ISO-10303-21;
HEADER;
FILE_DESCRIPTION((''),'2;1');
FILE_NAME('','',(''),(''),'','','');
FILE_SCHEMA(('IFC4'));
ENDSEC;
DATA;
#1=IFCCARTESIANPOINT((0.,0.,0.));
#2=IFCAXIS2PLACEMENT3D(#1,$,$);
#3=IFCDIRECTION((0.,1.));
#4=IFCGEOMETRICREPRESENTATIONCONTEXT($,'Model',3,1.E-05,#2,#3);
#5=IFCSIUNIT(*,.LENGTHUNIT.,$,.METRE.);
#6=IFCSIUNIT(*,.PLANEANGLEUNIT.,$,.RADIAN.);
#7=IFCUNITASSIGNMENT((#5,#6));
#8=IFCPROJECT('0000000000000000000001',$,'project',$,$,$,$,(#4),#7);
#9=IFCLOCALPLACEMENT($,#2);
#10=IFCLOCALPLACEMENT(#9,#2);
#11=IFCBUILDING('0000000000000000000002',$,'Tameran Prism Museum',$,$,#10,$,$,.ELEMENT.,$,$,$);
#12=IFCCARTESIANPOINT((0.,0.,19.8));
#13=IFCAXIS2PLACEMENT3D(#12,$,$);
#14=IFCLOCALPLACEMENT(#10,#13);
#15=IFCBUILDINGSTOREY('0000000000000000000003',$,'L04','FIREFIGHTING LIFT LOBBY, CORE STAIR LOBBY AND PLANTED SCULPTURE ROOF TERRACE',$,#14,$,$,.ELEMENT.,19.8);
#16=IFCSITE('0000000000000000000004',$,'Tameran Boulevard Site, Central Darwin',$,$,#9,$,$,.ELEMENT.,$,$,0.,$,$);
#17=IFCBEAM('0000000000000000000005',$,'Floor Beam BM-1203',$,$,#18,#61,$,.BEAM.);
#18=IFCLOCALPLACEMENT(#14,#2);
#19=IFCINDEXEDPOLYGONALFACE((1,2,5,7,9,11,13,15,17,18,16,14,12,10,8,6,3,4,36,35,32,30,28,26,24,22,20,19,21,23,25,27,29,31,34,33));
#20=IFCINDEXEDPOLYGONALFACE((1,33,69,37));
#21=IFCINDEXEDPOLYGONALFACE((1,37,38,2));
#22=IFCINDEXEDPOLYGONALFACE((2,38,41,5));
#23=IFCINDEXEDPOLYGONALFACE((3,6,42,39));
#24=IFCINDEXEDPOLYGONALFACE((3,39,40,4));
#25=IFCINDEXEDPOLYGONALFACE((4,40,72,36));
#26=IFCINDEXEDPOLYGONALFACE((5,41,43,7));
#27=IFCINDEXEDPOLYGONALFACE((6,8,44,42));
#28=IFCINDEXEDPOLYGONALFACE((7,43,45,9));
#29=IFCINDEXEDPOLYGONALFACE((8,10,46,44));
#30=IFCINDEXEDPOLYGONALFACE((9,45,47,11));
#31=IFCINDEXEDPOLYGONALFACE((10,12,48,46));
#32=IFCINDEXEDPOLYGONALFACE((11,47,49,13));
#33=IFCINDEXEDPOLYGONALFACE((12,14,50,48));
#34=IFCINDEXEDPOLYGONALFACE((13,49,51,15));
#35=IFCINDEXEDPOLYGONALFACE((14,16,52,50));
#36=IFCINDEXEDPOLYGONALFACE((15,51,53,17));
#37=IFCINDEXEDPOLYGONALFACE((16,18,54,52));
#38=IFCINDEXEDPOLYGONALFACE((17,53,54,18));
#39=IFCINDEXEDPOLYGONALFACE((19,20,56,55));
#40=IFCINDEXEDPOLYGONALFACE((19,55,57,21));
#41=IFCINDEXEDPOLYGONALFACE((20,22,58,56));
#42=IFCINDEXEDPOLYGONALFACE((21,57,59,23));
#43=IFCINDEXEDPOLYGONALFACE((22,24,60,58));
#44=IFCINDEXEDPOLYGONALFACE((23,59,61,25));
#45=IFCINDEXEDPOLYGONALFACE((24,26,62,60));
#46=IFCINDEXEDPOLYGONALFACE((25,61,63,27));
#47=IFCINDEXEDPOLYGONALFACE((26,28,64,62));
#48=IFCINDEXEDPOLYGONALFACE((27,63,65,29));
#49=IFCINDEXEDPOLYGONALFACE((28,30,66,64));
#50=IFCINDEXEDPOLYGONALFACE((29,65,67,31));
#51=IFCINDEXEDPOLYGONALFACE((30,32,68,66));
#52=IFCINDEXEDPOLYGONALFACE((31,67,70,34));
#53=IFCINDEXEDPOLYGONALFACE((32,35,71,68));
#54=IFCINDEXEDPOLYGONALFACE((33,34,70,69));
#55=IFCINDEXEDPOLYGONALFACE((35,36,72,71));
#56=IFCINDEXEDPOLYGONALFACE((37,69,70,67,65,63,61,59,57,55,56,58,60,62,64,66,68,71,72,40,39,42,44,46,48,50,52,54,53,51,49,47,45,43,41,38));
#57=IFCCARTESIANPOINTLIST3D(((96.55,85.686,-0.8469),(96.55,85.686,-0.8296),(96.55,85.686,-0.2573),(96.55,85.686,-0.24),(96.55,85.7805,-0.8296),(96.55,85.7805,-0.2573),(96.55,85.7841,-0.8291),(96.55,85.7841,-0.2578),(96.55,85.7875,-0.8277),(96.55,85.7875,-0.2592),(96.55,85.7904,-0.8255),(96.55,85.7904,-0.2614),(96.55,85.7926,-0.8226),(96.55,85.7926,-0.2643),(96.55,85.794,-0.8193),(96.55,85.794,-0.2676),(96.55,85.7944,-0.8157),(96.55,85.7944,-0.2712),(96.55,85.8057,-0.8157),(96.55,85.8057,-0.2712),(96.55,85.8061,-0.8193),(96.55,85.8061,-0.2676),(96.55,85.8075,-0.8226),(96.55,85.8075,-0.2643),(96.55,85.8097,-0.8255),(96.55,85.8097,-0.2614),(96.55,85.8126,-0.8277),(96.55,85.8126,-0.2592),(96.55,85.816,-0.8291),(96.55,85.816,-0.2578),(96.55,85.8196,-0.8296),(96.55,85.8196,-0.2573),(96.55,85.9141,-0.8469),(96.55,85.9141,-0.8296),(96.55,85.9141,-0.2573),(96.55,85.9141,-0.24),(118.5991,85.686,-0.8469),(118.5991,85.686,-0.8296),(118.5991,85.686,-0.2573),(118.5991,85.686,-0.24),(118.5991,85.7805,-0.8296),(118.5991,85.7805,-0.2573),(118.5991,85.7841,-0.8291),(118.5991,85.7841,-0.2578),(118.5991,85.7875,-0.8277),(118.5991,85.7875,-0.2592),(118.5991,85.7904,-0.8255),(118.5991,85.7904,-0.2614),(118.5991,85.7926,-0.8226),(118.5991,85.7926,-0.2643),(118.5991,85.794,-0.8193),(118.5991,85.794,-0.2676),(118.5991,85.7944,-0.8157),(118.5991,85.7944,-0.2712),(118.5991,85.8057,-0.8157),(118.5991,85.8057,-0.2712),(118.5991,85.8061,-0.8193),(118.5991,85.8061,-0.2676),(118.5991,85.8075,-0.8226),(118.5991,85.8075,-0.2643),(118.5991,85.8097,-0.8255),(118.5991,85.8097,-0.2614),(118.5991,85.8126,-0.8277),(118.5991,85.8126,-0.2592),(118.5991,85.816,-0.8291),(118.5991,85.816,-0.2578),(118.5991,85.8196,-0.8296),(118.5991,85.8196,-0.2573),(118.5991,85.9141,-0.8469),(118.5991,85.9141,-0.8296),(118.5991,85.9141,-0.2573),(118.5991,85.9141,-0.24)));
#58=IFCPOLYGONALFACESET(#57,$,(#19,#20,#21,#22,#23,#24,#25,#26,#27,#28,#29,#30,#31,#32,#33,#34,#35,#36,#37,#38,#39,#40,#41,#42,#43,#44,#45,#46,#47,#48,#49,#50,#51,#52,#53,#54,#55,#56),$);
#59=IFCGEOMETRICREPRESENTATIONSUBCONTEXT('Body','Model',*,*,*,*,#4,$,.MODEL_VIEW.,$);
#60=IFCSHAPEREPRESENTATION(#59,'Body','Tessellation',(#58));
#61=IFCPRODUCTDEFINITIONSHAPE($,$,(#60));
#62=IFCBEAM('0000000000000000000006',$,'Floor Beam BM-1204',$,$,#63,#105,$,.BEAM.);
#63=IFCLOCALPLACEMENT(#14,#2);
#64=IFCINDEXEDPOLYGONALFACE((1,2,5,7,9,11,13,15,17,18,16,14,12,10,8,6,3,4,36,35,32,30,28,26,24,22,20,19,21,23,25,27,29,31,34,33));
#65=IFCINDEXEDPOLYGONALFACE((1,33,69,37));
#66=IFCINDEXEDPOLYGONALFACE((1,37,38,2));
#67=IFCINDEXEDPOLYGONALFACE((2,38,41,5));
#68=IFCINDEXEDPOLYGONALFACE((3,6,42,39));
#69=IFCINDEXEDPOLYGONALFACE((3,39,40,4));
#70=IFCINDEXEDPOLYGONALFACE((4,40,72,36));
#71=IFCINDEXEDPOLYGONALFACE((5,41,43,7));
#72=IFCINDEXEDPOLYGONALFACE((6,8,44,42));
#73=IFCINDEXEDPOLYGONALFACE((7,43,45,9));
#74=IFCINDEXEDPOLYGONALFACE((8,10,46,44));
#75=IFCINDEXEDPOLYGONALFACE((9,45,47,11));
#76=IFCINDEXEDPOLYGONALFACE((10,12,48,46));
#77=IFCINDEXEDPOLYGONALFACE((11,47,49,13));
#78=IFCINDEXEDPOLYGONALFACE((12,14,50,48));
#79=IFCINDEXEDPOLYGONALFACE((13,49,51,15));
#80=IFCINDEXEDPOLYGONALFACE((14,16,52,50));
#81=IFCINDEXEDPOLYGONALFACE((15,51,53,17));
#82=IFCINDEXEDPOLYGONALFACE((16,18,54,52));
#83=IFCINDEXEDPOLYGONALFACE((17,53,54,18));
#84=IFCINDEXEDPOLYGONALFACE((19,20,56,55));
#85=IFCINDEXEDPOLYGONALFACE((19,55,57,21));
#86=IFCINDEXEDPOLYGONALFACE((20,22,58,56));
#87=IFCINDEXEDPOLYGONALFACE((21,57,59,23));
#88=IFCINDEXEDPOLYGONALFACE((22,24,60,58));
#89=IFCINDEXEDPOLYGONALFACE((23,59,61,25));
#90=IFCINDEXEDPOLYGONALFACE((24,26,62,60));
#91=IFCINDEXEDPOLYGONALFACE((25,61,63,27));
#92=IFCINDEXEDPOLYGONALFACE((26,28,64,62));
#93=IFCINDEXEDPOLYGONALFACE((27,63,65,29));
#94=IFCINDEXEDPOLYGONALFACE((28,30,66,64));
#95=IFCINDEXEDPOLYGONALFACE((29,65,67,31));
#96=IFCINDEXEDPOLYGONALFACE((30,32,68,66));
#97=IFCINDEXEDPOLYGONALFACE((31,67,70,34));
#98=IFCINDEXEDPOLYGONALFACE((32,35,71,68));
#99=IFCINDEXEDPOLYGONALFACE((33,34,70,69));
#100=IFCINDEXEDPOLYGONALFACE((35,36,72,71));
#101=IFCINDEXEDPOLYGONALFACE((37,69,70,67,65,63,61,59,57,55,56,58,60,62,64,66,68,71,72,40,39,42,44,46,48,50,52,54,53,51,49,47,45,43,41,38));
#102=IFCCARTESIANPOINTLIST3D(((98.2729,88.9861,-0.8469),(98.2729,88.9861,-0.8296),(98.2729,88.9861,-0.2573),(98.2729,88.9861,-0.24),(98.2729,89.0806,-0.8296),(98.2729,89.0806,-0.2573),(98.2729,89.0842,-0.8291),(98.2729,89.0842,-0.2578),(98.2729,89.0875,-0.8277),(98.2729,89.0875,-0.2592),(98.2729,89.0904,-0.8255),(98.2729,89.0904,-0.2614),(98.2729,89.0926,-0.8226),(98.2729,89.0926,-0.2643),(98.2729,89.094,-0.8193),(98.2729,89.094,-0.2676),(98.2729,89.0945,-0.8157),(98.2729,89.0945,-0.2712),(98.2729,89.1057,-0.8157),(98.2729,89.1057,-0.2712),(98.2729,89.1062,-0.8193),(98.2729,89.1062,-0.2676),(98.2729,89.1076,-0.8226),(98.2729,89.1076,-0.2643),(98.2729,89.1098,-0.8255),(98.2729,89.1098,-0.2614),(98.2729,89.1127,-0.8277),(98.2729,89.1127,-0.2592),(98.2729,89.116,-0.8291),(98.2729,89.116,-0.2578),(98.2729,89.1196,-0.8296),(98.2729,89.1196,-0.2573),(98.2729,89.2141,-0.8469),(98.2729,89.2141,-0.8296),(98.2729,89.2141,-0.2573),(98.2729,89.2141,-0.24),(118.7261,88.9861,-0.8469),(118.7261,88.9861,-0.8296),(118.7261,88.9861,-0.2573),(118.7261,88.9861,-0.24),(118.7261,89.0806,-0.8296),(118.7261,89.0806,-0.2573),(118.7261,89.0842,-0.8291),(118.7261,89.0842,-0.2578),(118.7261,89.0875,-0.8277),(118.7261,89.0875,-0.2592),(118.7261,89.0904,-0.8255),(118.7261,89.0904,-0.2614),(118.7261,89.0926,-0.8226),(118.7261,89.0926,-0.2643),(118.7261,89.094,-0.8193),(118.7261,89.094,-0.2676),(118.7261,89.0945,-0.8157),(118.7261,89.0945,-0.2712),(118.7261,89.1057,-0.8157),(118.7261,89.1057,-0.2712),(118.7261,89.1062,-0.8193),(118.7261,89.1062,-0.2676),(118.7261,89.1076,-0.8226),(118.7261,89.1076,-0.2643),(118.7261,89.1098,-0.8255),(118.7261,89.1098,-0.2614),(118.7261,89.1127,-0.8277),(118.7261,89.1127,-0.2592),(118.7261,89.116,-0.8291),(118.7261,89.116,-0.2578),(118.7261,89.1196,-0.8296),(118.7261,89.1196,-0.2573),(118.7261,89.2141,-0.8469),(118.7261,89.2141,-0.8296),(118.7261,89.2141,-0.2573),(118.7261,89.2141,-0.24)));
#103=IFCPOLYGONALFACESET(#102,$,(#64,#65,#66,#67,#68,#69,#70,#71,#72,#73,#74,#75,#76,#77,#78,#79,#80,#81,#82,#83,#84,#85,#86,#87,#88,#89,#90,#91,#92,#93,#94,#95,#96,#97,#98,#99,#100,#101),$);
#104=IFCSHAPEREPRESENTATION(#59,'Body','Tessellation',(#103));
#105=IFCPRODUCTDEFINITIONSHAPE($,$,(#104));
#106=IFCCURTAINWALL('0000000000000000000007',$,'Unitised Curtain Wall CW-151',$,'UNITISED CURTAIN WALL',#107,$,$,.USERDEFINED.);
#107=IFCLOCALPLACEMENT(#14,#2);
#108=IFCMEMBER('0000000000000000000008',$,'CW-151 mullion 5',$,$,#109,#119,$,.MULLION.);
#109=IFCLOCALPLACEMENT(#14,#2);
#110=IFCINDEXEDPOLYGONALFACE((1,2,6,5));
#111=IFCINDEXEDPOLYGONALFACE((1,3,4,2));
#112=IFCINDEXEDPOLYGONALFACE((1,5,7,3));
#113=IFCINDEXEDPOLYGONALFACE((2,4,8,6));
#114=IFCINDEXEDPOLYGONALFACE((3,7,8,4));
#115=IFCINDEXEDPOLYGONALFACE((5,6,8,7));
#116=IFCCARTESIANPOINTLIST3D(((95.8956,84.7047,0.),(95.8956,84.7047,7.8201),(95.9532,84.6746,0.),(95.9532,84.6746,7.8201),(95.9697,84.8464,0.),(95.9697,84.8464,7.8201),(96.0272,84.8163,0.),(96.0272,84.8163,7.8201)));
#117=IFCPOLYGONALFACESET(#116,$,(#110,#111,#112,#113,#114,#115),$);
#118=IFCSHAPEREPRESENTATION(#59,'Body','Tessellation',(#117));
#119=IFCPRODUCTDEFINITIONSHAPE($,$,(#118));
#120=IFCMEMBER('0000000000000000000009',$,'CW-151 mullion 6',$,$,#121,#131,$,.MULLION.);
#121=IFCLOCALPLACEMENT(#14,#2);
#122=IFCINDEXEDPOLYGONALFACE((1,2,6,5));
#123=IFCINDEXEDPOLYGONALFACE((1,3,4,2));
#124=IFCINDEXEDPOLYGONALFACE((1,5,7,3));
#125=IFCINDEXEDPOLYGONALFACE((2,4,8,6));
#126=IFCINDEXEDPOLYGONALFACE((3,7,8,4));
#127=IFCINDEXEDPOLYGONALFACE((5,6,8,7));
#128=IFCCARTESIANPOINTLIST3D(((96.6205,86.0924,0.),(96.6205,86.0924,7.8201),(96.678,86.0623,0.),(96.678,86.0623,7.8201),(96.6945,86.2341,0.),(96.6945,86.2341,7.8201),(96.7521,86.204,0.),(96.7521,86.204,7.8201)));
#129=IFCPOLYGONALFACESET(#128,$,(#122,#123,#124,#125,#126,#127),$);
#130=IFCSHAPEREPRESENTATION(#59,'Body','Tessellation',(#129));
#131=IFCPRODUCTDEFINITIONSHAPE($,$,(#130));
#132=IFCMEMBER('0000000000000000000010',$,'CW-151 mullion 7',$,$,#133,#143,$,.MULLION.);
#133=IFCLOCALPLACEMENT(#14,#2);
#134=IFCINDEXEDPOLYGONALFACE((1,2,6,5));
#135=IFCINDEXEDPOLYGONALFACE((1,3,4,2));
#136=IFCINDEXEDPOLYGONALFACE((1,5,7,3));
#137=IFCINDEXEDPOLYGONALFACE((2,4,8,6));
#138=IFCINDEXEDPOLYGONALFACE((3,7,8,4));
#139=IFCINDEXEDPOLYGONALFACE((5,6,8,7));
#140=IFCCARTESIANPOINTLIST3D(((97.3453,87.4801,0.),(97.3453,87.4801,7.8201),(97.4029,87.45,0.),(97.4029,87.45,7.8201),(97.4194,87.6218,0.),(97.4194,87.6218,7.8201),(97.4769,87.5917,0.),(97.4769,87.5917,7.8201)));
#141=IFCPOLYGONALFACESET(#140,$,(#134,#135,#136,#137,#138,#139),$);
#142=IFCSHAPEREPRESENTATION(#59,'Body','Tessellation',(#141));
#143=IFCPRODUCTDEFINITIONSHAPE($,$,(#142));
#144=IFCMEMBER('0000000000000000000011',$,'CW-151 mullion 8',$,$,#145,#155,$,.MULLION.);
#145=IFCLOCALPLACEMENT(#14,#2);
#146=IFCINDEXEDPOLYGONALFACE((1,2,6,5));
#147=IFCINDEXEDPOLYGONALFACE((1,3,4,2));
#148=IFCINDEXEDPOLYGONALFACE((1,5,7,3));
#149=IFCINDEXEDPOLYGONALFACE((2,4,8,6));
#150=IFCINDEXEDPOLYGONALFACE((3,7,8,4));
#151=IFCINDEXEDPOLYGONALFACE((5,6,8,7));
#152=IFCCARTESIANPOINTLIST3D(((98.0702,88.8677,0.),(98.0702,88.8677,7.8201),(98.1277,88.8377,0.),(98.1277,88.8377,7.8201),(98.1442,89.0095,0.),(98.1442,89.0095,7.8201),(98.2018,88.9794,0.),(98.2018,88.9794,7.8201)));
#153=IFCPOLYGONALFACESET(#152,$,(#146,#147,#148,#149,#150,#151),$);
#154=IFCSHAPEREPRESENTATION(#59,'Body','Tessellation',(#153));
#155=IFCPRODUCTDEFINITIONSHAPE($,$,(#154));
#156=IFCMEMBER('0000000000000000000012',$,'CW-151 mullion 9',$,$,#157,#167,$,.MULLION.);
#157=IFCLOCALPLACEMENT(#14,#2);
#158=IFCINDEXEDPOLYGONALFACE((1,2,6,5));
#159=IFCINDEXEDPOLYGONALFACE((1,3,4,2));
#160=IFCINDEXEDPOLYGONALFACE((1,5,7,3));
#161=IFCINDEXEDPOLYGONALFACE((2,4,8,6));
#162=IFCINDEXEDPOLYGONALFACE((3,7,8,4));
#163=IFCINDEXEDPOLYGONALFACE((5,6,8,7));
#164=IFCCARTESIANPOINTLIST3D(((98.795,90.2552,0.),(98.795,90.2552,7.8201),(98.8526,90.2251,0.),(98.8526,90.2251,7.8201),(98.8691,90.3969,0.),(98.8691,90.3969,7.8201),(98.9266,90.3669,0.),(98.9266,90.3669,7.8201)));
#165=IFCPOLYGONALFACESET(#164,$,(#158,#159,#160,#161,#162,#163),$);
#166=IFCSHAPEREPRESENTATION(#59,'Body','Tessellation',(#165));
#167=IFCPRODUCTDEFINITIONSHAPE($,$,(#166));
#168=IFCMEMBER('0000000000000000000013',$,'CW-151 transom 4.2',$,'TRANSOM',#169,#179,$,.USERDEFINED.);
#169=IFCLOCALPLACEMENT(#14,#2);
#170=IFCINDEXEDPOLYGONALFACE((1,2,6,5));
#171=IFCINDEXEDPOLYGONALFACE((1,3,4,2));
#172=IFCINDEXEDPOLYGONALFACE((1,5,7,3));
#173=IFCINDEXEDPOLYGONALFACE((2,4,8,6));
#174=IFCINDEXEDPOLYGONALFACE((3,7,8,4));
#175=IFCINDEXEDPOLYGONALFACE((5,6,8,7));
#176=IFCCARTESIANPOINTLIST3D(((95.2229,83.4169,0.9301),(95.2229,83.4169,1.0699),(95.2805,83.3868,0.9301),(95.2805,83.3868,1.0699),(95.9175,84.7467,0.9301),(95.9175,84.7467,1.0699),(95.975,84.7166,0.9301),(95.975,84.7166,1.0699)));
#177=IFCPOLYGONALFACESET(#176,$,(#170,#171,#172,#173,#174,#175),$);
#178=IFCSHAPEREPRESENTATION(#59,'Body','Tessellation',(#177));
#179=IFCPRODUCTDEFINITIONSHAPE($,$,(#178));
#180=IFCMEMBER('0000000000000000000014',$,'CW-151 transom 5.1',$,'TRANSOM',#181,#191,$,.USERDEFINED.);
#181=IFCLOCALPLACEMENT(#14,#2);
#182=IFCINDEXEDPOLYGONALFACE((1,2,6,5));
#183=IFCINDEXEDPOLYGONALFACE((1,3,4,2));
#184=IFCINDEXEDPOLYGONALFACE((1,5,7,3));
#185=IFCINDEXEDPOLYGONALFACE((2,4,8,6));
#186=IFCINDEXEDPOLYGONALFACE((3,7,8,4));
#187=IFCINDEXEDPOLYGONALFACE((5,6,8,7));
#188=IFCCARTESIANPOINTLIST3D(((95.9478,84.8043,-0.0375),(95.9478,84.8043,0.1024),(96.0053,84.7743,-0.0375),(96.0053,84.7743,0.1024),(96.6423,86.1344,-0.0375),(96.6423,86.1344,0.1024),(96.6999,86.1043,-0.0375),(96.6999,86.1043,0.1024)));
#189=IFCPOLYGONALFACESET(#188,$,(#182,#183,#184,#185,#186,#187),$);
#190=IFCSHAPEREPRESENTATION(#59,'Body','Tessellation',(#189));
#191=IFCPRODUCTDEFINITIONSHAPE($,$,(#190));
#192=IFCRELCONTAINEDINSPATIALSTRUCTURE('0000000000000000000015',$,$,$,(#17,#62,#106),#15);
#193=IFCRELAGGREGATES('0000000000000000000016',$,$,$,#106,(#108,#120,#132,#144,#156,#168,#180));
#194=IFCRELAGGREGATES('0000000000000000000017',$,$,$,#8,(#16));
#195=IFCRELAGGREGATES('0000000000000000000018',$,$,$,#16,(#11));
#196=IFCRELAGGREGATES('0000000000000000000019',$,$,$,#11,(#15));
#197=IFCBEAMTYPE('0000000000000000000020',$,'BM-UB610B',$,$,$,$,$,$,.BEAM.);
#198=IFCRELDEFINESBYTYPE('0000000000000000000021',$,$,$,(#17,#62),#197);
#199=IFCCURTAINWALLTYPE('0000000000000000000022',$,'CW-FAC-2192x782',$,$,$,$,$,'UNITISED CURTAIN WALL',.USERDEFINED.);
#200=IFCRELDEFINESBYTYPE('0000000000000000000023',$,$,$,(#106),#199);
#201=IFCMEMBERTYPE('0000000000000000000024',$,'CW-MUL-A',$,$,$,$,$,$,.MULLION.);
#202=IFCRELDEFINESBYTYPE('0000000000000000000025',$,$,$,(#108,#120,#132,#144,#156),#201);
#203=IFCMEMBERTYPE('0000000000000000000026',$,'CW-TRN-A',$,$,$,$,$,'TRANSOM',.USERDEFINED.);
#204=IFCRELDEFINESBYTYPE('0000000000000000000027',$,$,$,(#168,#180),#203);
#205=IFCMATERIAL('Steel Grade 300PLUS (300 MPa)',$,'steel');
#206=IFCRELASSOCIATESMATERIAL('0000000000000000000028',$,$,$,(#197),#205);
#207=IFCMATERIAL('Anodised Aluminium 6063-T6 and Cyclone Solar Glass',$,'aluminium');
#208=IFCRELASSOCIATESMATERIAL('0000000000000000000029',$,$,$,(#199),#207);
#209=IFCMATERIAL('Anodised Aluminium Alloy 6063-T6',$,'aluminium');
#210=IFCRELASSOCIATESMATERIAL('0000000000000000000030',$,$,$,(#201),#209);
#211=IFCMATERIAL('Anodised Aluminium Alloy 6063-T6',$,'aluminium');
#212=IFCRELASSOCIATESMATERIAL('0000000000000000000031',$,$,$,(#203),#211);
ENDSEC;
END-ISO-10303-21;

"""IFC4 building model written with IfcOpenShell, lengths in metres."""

from ifc_helpers import new_model, si_unit, direction, frame, origin, origin_2d, place, context, subcontext, project, spatial, rectangle, i_section, extrude, material, material_profile, profile_set, type_object, element, aggregate, save


model = new_model("IFC4")

# Units and contexts
model_context = context("Model", 3, precision=1e-05, world=origin(), true_north=direction((0.0, 1.0)))
body_context = subcontext(model_context, "Body", "Model", "MODEL_VIEW")
ifc_project = project(units=[si_unit("LENGTHUNIT", "METRE"), si_unit("PLANEANGLEUNIT", "RADIAN")], contexts=[model_context])

# Site, building, storey
site_placement = place(None, origin())
site = spatial("IfcSite", under=ifc_project, at=site_placement, Name="Tameran Boulevard Site, Central Darwin", CompositionType="ELEMENT", RefElevation=0.0)
building_placement = place(site_placement, origin())
building = spatial("IfcBuilding", under=site, at=building_placement, Name="Tameran Prism Museum", CompositionType="ELEMENT")
storey_placement = place(building_placement, frame((0.0, 0.0, 19.8)))
storey = spatial("IfcBuildingStorey", under=building, at=storey_placement, Name="L04", Description="FIREFIGHTING LIFT LOBBY, CORE STAIR LOBBY AND PLANTED SCULPTURE ROOF TERRACE", CompositionType="ELEMENT", Elevation=19.8)

# Beams
ifc_material_1 = material(Name="Steel Grade 300PLUS (300 MPa)", Category="steel")
ifc_material_profile_1 = material_profile(ifc_material_1, i_section(OverallWidth=0.228, OverallDepth=0.6069, WebThickness=0.0112, FlangeThickness=0.0173, FilletRadius=0.0139, at=origin_2d()))
ifc_profile_set_1 = profile_set([ifc_material_profile_1])
beam_type = type_object("IfcBeamType", Name="BM-UB610B", PredefinedType="BEAM", material=ifc_profile_set_1)
beam_1_placement = place(storey_placement, frame((96.55, 85.8, -0.5435), z_axis=(1.0, 0.0, 0.0), x_axis=(0.0, 1.0, 0.0)))
element("IfcBeam", 1, at=beam_1_placement, inside=storey, type_object=beam_type, Name="Floor Beam BM-1203", PredefinedType="BEAM", context=body_context, shape_type="SweptSolid", body=[
    extrude(i_section(OverallWidth=0.228, OverallDepth=0.6069, WebThickness=0.0112, FlangeThickness=0.0173, FilletRadius=0.0139, at=origin_2d()), origin(), (0.0, 0.0, 1.0), 22.0491),
])
beam_2_placement = place(storey_placement, frame((98.2729, 89.1001, -0.5435), z_axis=(1.0, 0.0, 0.0), x_axis=(0.0, 1.0, 0.0)))
element("IfcBeam", 2, at=beam_2_placement, inside=storey, type_object=beam_type, Name="Floor Beam BM-1204", PredefinedType="BEAM", context=body_context, shape_type="SweptSolid", body=[
    extrude(i_section(OverallWidth=0.228, OverallDepth=0.6069, WebThickness=0.0112, FlangeThickness=0.0173, FilletRadius=0.0139, at=origin_2d()), origin(), (0.0, 0.0, 1.0), 20.4531),
])

# Curtain wall, members
ifc_material_2 = material(Name="Anodised Aluminium 6063-T6 and Cyclone Solar Glass", Category="aluminium")
curtain_wall_type = type_object("IfcCurtainWallType", Name="CW-FAC-2192x782", ElementType="UNITISED CURTAIN WALL", PredefinedType="USERDEFINED", material=ifc_material_2)
curtain_wall_placement = place(storey_placement, origin())
curtain_wall = element("IfcCurtainWall", 3, at=curtain_wall_placement, inside=storey, type_object=curtain_wall_type, Name="Unitised Curtain Wall CW-151", ObjectType="UNITISED CURTAIN WALL", PredefinedType="USERDEFINED")
ifc_material_3 = material(Name="Anodised Aluminium Alloy 6063-T6", Category="aluminium")
ifc_material_profile_2 = material_profile(ifc_material_3, rectangle(XDim=0.0649, YDim=0.1599, at=origin_2d()))
ifc_profile_set_2 = profile_set([ifc_material_profile_2])
member_type_1 = type_object("IfcMemberType", Name="CW-MUL-A", PredefinedType="MULLION", material=ifc_profile_set_2)
member_1_placement = place(storey_placement, frame((95.9614, 84.7605, 0.0), z_axis=(0.0, 0.0, 1.0), x_axis=(-0.886357, 0.463003, 0.0)))
member_1 = element("IfcMember", 4, at=member_1_placement, type_object=member_type_1, Name="CW-151 mullion 5", PredefinedType="MULLION", context=body_context, shape_type="SweptSolid", body=[
    extrude(rectangle(XDim=0.0649, YDim=0.1599, at=origin_2d()), origin(), (0.0, 0.0, 1.0), 7.8201),
])
member_2_placement = place(storey_placement, frame((96.6863, 86.1482, 0.0), z_axis=(0.0, 0.0, 1.0), x_axis=(-0.886357, 0.463003, 0.0)))
member_2 = element("IfcMember", 5, at=member_2_placement, type_object=member_type_1, Name="CW-151 mullion 6", PredefinedType="MULLION", context=body_context, shape_type="SweptSolid", body=[
    extrude(rectangle(XDim=0.0649, YDim=0.1599, at=origin_2d()), origin(), (0.0, 0.0, 1.0), 7.8201),
])
member_3_placement = place(storey_placement, frame((97.4111, 87.5359, 0.0), z_axis=(0.0, 0.0, 1.0), x_axis=(-0.886357, 0.463003, 0.0)))
member_3 = element("IfcMember", 6, at=member_3_placement, type_object=member_type_1, Name="CW-151 mullion 7", PredefinedType="MULLION", context=body_context, shape_type="SweptSolid", body=[
    extrude(rectangle(XDim=0.0649, YDim=0.1599, at=origin_2d()), origin(), (0.0, 0.0, 1.0), 7.8201),
])
member_4_placement = place(storey_placement, frame((98.136, 88.9236, 0.0), z_axis=(0.0, 0.0, 1.0), x_axis=(-0.886357, 0.463003, 0.0)))
member_4 = element("IfcMember", 7, at=member_4_placement, type_object=member_type_1, Name="CW-151 mullion 8", PredefinedType="MULLION", context=body_context, shape_type="SweptSolid", body=[
    extrude(rectangle(XDim=0.0649, YDim=0.1599, at=origin_2d()), origin(), (0.0, 0.0, 1.0), 7.8201),
])
member_5_placement = place(storey_placement, frame((98.8608, 90.311, 0.0), z_axis=(0.0, 0.0, 1.0), x_axis=(-0.886357, 0.463003, 0.0)))
member_5 = element("IfcMember", 8, at=member_5_placement, type_object=member_type_1, Name="CW-151 mullion 9", PredefinedType="MULLION", context=body_context, shape_type="SweptSolid", body=[
    extrude(rectangle(XDim=0.0649, YDim=0.1599, at=origin_2d()), origin(), (0.0, 0.0, 1.0), 7.8201),
])
ifc_material_4 = material(Name="Anodised Aluminium Alloy 6063-T6", Category="aluminium")
ifc_material_profile_3 = material_profile(ifc_material_4, rectangle(XDim=0.0649, YDim=0.1399, at=origin_2d()))
ifc_profile_set_3 = profile_set([ifc_material_profile_3])
member_type_2 = type_object("IfcMemberType", Name="CW-TRN-A", ElementType="TRANSOM", PredefinedType="USERDEFINED", material=ifc_profile_set_3)
member_6_placement = place(storey_placement, frame((95.2517, 83.4019, 1.0), z_axis=(0.462961, 0.886379, 0.0), x_axis=(-0.886379, 0.462961, 0.0)))
member_6 = element("IfcMember", 9, at=member_6_placement, type_object=member_type_2, Name="CW-151 transom 4.2", ObjectType="TRANSOM", PredefinedType="USERDEFINED", context=body_context, shape_type="SweptSolid", body=[
    extrude(rectangle(XDim=0.0649, YDim=0.1399, at=origin_2d()), origin(), (0.0, 0.0, 1.0), 1.5002),
])
member_7_placement = place(storey_placement, frame((95.9766, 84.7893, 0.0325), z_axis=(0.462894, 0.886414, 0.0), x_axis=(-0.886414, 0.462894, 0.0)))
member_7 = element("IfcMember", 10, at=member_7_placement, type_object=member_type_2, Name="CW-151 transom 5.1", ObjectType="TRANSOM", PredefinedType="USERDEFINED", context=body_context, shape_type="SweptSolid", body=[
    extrude(rectangle(XDim=0.0649, YDim=0.1399, at=origin_2d()), origin(), (0.0, 0.0, 1.0), 1.5005),
])
aggregate(curtain_wall, [member_1, member_2, member_3, member_4, member_5, member_6, member_7])

save(model, "model.ifc")
